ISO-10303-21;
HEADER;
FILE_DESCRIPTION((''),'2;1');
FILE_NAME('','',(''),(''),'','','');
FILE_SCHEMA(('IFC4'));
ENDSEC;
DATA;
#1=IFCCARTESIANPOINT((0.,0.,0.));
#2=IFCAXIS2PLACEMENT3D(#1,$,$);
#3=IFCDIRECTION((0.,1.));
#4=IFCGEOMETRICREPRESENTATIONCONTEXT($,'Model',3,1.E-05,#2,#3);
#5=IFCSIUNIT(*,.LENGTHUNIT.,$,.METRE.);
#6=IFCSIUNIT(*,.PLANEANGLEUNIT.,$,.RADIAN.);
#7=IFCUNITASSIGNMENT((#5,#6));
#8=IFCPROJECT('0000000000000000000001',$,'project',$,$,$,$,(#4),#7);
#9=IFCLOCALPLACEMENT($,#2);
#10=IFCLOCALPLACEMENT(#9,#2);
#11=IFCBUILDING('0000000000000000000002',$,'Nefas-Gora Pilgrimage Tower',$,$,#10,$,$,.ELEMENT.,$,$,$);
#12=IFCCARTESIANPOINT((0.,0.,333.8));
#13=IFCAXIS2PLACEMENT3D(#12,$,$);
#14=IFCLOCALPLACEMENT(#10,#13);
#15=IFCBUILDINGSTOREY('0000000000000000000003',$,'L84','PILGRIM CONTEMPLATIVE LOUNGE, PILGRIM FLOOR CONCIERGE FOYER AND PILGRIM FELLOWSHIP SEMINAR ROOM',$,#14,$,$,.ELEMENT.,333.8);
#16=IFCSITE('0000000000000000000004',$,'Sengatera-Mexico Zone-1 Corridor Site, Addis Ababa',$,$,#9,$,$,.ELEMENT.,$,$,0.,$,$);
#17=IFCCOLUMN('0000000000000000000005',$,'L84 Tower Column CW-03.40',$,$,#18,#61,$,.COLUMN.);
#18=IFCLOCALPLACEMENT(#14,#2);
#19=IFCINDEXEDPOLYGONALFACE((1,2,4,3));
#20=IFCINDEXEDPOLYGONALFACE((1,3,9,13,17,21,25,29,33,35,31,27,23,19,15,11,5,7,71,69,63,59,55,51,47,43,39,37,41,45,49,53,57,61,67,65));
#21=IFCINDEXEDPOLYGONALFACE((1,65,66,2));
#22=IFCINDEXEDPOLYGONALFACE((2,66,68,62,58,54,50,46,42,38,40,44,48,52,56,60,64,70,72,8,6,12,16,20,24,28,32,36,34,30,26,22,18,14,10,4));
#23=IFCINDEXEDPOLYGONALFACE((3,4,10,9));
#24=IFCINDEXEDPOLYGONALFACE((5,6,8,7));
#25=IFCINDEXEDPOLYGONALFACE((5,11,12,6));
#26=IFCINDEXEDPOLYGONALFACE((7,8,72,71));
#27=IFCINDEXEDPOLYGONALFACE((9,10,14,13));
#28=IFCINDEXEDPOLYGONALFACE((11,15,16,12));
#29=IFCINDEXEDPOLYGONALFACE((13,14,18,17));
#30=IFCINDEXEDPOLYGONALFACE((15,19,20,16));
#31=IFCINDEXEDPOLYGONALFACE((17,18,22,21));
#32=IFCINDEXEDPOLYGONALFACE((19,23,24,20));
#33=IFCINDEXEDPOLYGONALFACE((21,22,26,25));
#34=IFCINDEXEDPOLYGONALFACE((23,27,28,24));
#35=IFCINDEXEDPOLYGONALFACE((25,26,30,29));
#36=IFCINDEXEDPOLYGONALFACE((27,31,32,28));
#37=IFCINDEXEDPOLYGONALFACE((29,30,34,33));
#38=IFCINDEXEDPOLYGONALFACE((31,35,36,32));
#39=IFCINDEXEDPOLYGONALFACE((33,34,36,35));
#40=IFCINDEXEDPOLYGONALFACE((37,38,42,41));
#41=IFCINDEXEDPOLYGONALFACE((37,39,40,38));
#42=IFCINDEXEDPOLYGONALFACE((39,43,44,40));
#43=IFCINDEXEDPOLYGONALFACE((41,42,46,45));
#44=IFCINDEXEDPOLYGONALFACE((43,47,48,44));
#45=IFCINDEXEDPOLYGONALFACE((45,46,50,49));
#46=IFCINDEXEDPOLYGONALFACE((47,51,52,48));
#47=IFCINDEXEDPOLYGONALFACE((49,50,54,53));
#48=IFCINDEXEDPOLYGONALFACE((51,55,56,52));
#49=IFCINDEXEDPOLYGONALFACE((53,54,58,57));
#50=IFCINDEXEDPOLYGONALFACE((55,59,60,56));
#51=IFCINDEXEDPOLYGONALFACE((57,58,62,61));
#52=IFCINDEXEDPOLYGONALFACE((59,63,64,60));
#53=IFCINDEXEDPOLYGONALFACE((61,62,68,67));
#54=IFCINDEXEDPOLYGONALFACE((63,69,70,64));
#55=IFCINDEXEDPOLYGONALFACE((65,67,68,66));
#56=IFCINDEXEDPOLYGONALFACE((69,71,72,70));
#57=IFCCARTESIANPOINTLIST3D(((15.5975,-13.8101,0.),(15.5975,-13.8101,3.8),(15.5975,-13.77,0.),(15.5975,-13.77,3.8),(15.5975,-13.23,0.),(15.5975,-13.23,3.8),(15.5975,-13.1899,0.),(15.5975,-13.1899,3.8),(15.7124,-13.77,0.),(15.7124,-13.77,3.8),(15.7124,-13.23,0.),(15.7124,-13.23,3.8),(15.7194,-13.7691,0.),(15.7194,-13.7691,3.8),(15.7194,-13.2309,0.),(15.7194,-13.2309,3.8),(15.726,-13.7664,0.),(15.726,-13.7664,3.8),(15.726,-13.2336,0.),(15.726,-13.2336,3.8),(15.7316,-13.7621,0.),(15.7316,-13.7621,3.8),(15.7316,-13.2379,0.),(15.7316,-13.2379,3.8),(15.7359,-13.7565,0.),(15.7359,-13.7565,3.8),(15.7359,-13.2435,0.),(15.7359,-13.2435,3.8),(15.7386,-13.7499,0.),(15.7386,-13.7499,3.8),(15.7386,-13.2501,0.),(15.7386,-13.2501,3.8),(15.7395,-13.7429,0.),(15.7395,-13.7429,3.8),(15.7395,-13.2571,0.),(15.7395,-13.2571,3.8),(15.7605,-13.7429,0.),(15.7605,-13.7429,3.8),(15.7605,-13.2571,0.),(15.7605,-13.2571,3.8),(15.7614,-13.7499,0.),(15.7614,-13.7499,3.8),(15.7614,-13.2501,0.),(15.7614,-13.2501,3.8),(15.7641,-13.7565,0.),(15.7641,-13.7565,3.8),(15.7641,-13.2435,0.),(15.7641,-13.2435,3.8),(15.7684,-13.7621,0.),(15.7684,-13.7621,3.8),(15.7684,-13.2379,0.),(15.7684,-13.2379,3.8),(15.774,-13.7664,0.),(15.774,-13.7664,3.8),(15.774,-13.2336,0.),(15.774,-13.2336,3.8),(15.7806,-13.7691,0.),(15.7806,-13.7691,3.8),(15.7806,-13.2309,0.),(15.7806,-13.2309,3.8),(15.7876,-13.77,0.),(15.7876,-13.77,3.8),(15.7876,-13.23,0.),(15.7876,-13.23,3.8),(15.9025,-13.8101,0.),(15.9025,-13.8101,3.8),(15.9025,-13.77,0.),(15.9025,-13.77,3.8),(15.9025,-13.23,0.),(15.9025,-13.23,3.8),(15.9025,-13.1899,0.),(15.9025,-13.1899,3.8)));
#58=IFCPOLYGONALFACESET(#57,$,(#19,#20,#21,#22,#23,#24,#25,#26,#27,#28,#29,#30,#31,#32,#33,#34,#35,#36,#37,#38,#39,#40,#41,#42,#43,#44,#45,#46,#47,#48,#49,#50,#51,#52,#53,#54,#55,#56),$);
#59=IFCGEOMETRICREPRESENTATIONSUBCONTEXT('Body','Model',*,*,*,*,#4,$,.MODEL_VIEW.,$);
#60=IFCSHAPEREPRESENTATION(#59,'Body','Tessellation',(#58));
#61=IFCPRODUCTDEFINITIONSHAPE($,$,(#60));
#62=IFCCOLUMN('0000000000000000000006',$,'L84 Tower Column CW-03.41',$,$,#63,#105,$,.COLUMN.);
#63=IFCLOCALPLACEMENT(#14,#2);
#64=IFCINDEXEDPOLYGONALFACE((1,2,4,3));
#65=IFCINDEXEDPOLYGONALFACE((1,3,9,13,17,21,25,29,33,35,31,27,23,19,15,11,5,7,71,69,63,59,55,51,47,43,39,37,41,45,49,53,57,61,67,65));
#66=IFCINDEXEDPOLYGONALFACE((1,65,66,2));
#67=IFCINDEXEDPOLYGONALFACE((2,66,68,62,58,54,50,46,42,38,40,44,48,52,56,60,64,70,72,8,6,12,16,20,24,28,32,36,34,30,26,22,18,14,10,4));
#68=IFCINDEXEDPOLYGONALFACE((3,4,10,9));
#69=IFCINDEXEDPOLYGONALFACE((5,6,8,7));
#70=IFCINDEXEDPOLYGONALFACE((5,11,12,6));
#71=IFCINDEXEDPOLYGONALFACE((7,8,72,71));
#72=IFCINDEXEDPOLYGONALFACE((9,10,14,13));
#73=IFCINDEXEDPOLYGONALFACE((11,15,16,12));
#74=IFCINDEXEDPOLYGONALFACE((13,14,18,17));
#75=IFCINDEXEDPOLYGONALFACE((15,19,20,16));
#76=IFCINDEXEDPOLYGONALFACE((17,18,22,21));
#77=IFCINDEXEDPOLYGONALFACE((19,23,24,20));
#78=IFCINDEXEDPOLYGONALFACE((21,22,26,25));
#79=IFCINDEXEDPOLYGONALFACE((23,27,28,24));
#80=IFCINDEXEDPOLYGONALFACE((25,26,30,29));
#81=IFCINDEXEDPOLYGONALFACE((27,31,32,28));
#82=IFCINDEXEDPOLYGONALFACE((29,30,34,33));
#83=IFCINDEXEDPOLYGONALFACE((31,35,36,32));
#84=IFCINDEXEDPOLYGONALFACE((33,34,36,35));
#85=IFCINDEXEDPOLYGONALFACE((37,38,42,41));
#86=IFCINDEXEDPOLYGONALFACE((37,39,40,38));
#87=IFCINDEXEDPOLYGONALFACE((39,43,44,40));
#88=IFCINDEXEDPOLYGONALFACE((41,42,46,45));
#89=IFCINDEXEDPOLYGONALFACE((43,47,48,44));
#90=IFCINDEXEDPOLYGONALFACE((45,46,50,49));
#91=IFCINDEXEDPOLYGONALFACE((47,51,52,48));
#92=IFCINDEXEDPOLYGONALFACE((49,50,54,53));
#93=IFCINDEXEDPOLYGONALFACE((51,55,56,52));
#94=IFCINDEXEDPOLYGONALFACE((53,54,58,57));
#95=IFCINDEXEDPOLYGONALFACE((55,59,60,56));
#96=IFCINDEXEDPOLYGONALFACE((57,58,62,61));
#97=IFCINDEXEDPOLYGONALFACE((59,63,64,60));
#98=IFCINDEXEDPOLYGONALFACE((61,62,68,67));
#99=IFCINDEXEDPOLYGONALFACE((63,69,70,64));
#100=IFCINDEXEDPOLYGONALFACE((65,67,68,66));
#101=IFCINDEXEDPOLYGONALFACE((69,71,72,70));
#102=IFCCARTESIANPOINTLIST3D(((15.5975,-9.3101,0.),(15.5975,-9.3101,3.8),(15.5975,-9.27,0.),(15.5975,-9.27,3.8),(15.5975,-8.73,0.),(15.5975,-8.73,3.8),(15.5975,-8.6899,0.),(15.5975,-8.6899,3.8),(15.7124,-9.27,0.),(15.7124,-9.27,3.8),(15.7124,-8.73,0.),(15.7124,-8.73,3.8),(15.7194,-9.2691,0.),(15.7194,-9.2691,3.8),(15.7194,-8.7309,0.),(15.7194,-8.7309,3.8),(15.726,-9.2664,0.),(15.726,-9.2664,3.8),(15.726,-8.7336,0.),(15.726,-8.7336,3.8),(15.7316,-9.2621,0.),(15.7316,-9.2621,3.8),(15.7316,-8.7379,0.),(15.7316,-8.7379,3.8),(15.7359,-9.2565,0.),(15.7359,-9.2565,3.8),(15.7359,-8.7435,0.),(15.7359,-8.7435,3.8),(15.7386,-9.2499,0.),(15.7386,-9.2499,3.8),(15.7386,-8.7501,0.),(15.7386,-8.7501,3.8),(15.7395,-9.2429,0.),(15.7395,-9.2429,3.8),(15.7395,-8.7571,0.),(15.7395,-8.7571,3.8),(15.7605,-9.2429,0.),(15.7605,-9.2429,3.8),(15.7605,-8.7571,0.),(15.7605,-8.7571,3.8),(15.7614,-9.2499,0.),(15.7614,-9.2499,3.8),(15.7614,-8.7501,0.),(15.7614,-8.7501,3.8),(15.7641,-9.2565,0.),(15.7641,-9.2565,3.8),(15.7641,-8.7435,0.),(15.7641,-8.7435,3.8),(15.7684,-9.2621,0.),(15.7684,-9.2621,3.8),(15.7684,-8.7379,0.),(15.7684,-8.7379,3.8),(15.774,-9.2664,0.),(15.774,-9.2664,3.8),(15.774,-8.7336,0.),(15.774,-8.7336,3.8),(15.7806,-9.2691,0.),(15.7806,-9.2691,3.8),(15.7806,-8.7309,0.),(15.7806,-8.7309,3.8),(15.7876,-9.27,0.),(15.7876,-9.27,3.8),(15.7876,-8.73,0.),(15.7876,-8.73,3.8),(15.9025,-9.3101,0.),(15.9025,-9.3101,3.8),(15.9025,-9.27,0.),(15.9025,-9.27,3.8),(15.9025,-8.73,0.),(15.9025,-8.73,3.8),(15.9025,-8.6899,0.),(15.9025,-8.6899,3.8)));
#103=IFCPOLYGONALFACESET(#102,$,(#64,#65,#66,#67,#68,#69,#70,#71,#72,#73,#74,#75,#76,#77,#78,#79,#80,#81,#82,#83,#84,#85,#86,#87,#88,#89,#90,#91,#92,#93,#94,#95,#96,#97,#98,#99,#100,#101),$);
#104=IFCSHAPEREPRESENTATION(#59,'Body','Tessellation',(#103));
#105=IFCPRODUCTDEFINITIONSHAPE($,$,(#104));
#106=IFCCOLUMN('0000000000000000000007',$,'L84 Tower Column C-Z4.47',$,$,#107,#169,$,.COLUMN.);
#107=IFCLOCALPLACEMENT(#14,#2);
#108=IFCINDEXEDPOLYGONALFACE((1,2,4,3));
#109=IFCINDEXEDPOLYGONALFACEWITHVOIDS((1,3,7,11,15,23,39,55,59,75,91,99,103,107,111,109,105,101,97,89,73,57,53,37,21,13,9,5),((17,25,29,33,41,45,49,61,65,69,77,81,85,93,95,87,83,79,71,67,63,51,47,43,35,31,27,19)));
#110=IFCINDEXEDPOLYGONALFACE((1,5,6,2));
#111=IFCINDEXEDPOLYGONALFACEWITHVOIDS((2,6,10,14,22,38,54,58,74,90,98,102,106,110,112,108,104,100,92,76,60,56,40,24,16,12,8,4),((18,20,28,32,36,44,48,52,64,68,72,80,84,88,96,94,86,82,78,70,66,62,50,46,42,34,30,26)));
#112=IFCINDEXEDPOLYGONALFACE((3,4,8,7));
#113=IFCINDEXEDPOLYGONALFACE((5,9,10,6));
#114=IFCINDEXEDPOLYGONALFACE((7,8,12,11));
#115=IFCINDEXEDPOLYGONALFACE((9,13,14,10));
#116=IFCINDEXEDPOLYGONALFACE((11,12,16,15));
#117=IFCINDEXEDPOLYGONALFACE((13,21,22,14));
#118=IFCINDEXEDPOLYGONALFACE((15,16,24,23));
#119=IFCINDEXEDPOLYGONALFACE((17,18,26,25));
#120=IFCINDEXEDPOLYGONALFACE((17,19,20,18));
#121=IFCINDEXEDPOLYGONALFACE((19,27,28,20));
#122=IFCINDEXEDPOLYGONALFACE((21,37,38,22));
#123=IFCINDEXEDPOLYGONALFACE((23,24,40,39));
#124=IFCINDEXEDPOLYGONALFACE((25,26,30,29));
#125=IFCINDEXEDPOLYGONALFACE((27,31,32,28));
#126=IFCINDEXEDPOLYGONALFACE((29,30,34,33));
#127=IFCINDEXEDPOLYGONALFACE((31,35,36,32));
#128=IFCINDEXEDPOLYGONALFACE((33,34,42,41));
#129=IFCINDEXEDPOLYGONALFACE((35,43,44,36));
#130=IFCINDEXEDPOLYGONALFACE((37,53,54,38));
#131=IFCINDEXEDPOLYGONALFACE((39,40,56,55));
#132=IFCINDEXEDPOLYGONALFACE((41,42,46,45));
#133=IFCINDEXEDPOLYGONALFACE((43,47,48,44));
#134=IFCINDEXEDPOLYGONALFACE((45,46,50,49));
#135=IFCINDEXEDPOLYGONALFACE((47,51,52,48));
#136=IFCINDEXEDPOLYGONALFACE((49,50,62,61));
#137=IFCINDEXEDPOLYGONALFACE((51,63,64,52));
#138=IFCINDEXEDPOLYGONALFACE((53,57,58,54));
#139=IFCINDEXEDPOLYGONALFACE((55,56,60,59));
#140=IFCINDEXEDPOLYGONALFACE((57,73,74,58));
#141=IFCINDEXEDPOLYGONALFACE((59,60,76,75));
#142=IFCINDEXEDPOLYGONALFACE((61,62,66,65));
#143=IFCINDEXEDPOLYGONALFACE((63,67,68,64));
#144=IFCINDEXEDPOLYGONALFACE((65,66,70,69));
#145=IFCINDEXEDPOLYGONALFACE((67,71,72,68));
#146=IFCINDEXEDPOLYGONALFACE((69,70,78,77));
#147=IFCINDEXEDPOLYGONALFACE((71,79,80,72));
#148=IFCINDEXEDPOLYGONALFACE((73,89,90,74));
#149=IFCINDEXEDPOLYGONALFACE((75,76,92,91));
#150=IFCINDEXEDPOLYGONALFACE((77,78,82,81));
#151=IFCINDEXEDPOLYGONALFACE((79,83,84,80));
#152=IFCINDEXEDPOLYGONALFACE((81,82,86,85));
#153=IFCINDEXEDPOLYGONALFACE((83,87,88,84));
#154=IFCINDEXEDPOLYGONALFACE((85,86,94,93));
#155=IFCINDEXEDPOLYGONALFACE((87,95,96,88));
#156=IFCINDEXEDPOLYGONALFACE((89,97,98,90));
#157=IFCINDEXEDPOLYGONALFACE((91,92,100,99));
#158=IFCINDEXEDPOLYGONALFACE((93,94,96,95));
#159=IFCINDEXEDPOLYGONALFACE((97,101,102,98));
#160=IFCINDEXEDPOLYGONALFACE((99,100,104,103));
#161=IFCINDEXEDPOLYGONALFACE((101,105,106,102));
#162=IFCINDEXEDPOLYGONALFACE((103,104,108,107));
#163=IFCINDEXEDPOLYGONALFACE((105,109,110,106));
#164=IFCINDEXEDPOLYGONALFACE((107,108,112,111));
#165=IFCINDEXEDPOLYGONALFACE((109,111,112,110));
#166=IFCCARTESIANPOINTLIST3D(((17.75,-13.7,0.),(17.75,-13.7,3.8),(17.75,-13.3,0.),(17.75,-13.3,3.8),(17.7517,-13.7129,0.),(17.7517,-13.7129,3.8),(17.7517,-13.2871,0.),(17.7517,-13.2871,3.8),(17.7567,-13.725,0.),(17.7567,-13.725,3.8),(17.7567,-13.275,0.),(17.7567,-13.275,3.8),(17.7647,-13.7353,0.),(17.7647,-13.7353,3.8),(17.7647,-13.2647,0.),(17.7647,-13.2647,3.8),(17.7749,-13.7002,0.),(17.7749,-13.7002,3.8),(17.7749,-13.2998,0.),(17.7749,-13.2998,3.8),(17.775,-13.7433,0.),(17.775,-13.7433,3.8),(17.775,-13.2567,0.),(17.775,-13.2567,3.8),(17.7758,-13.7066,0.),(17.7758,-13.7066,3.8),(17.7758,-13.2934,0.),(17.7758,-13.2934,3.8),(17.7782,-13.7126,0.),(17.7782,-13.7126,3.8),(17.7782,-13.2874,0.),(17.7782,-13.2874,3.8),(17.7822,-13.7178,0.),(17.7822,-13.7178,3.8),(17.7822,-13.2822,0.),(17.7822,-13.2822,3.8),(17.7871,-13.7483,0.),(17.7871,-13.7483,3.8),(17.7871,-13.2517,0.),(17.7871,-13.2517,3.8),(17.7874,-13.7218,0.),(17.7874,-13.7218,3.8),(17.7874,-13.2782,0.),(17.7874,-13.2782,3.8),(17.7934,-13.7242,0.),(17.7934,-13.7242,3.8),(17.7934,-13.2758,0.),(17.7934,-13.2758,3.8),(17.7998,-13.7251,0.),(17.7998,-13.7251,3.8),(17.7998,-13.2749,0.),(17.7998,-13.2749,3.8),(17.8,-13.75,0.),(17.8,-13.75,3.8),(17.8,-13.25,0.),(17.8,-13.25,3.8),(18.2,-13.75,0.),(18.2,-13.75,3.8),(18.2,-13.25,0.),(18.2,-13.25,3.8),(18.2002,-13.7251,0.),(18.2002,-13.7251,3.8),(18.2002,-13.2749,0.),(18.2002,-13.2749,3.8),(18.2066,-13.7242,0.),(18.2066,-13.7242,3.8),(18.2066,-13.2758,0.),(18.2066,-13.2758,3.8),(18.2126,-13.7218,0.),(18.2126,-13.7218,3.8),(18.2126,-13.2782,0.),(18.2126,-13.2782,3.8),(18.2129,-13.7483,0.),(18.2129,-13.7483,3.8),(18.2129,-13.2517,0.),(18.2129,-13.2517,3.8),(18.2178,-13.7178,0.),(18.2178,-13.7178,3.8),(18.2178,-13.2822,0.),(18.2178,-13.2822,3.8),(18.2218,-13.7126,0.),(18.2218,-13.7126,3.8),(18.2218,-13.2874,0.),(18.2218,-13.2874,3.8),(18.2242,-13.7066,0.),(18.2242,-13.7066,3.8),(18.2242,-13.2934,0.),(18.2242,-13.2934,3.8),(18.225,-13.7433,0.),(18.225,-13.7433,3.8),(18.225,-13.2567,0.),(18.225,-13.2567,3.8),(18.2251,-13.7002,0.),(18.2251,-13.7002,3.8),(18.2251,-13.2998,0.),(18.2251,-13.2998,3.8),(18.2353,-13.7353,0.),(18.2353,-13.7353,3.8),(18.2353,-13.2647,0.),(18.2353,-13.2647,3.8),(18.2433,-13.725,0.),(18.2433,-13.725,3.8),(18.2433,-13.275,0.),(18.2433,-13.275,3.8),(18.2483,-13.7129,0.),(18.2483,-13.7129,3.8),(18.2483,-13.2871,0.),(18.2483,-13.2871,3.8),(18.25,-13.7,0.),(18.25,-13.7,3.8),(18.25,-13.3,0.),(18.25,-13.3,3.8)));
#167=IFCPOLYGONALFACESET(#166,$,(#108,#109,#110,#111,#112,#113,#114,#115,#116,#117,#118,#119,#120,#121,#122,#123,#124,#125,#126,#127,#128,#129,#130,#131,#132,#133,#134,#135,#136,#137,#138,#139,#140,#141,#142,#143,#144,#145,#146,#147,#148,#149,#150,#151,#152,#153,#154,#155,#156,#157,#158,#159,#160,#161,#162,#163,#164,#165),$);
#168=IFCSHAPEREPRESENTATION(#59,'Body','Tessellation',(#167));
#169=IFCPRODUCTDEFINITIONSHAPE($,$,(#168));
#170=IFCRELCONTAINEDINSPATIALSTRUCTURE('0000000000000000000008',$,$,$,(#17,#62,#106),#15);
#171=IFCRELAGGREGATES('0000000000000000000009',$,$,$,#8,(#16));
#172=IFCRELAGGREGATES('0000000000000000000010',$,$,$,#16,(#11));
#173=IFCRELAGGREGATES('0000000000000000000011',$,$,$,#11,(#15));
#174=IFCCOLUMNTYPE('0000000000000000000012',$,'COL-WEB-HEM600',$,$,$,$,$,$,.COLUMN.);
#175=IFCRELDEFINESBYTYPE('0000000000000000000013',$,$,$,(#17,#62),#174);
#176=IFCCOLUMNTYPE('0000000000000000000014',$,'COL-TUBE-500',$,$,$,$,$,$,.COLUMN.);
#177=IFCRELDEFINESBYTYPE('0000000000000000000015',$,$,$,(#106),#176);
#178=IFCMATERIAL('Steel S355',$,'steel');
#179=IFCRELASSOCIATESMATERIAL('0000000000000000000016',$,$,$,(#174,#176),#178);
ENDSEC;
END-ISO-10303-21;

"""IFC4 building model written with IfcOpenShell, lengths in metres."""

from ifc_helpers import new_model, si_unit, direction, frame, origin, origin_2d, place, context, subcontext, project, spatial, hollow_rectangle, i_section, extrude, source, transform, mapped, material, material_profile, profile_set, type_object, element, save


model = new_model("IFC4")

# Units and contexts
model_context = context("Model", 3, precision=1e-05, world=origin(), true_north=direction((0.0, 1.0)))
body_context = subcontext(model_context, "Body", "Model", "MODEL_VIEW")
ifc_project = project(units=[si_unit("LENGTHUNIT", "METRE"), si_unit("PLANEANGLEUNIT", "RADIAN")], contexts=[model_context])

# Site, building, storey
site_placement = place(None, origin())
site = spatial("IfcSite", under=ifc_project, at=site_placement, Name="Sengatera-Mexico Zone-1 Corridor Site, Addis Ababa", CompositionType="ELEMENT", RefElevation=0.0)
building_placement = place(site_placement, origin())
building = spatial("IfcBuilding", under=site, at=building_placement, Name="Nefas-Gora Pilgrimage Tower", CompositionType="ELEMENT")
storey_placement = place(building_placement, frame((0.0, 0.0, 333.8)))
storey = spatial("IfcBuildingStorey", under=building, at=storey_placement, Name="L84", Description="PILGRIM CONTEMPLATIVE LOUNGE, PILGRIM FLOOR CONCIERGE FOYER AND PILGRIM FELLOWSHIP SEMINAR ROOM", CompositionType="ELEMENT", Elevation=333.8)

# Columns
ifc_material_1 = material(Name="Steel S355", Category="steel")
ifc_material_profile_1 = material_profile(ifc_material_1, i_section(OverallWidth=0.3049, OverallDepth=0.6201, WebThickness=0.021, FlangeThickness=0.04, FilletRadius=0.0271, at=origin_2d()), Name="HEM 600")
ifc_profile_set_1 = profile_set([ifc_material_profile_1], Name="Steel S355")
column_type_1 = type_object("IfcColumnType", Name="COL-WEB-HEM600", PredefinedType="COLUMN", material=ifc_profile_set_1)
shared_shape_1 = source(origin(), body_context, "Body", "SweptSolid", [
    extrude(i_section(OverallWidth=0.3049, OverallDepth=0.6201, WebThickness=0.021, FlangeThickness=0.04, FilletRadius=0.0271, at=origin_2d()), origin(), (0.0, 0.0, 1.0), 3.8),
])
for number, where, z_axis, x_axis, name in (
    (1, (15.75, -13.5, 0.0), (0.0, 0.0, 1.0), (1.0, 0.0, 0.0), "L84 Tower Column CW-03.40"),
    (2, (15.75, -9.0, 0.0), (0.0, 0.0, 1.0), (1.0, 0.0, 0.0), "L84 Tower Column CW-03.41"),
):
    element("IfcColumn", number, at=place(storey_placement, frame(where, z_axis=z_axis, x_axis=x_axis)), inside=storey, type_object=column_type_1, Name=name, PredefinedType="COLUMN", context=body_context, shape_type="MappedRepresentation", body=[
        mapped(shared_shape_1, transform((0.0, 0.0, 0.0), x_axis=(1.0, 0.0, 0.0), y_axis=(0.0, 1.0, 0.0), z_axis=(0.0, 0.0, 1.0), scale=1.0)),
    ])
ifc_material_profile_2 = material_profile(ifc_material_1, hollow_rectangle(XDim=0.5, YDim=0.5, WallThickness=0.0249, InnerFilletRadius=0.0249, OuterFilletRadius=0.05, at=origin_2d()), Name="SHS 500x500x25")
ifc_profile_set_2 = profile_set([ifc_material_profile_2], Name="Steel S355")
column_type_2 = type_object("IfcColumnType", Name="COL-TUBE-500", PredefinedType="COLUMN", material=ifc_profile_set_2)
shared_shape_2 = source(origin(), body_context, "Body", "SweptSolid", [
    extrude(hollow_rectangle(XDim=0.5, YDim=0.5, WallThickness=0.0249, InnerFilletRadius=0.0249, OuterFilletRadius=0.05, at=origin_2d()), origin(), (0.0, 0.0, 1.0), 3.8),
])
for number, where, z_axis, x_axis, name in (
    (3, (18.0, -13.5, 0.0), (0.0, 0.0, 1.0), (1.0, 0.0, 0.0), "L84 Tower Column C-Z4.47"),
):
    element("IfcColumn", number, at=place(storey_placement, frame(where, z_axis=z_axis, x_axis=x_axis)), inside=storey, type_object=column_type_2, Name=name, PredefinedType="COLUMN", context=body_context, shape_type="MappedRepresentation", body=[
        mapped(shared_shape_2, transform((0.0, 0.0, 0.0), x_axis=(1.0, 0.0, 0.0), y_axis=(0.0, 1.0, 0.0), z_axis=(0.0, 0.0, 1.0), scale=1.0)),
    ])

save(model, "model.ifc")
